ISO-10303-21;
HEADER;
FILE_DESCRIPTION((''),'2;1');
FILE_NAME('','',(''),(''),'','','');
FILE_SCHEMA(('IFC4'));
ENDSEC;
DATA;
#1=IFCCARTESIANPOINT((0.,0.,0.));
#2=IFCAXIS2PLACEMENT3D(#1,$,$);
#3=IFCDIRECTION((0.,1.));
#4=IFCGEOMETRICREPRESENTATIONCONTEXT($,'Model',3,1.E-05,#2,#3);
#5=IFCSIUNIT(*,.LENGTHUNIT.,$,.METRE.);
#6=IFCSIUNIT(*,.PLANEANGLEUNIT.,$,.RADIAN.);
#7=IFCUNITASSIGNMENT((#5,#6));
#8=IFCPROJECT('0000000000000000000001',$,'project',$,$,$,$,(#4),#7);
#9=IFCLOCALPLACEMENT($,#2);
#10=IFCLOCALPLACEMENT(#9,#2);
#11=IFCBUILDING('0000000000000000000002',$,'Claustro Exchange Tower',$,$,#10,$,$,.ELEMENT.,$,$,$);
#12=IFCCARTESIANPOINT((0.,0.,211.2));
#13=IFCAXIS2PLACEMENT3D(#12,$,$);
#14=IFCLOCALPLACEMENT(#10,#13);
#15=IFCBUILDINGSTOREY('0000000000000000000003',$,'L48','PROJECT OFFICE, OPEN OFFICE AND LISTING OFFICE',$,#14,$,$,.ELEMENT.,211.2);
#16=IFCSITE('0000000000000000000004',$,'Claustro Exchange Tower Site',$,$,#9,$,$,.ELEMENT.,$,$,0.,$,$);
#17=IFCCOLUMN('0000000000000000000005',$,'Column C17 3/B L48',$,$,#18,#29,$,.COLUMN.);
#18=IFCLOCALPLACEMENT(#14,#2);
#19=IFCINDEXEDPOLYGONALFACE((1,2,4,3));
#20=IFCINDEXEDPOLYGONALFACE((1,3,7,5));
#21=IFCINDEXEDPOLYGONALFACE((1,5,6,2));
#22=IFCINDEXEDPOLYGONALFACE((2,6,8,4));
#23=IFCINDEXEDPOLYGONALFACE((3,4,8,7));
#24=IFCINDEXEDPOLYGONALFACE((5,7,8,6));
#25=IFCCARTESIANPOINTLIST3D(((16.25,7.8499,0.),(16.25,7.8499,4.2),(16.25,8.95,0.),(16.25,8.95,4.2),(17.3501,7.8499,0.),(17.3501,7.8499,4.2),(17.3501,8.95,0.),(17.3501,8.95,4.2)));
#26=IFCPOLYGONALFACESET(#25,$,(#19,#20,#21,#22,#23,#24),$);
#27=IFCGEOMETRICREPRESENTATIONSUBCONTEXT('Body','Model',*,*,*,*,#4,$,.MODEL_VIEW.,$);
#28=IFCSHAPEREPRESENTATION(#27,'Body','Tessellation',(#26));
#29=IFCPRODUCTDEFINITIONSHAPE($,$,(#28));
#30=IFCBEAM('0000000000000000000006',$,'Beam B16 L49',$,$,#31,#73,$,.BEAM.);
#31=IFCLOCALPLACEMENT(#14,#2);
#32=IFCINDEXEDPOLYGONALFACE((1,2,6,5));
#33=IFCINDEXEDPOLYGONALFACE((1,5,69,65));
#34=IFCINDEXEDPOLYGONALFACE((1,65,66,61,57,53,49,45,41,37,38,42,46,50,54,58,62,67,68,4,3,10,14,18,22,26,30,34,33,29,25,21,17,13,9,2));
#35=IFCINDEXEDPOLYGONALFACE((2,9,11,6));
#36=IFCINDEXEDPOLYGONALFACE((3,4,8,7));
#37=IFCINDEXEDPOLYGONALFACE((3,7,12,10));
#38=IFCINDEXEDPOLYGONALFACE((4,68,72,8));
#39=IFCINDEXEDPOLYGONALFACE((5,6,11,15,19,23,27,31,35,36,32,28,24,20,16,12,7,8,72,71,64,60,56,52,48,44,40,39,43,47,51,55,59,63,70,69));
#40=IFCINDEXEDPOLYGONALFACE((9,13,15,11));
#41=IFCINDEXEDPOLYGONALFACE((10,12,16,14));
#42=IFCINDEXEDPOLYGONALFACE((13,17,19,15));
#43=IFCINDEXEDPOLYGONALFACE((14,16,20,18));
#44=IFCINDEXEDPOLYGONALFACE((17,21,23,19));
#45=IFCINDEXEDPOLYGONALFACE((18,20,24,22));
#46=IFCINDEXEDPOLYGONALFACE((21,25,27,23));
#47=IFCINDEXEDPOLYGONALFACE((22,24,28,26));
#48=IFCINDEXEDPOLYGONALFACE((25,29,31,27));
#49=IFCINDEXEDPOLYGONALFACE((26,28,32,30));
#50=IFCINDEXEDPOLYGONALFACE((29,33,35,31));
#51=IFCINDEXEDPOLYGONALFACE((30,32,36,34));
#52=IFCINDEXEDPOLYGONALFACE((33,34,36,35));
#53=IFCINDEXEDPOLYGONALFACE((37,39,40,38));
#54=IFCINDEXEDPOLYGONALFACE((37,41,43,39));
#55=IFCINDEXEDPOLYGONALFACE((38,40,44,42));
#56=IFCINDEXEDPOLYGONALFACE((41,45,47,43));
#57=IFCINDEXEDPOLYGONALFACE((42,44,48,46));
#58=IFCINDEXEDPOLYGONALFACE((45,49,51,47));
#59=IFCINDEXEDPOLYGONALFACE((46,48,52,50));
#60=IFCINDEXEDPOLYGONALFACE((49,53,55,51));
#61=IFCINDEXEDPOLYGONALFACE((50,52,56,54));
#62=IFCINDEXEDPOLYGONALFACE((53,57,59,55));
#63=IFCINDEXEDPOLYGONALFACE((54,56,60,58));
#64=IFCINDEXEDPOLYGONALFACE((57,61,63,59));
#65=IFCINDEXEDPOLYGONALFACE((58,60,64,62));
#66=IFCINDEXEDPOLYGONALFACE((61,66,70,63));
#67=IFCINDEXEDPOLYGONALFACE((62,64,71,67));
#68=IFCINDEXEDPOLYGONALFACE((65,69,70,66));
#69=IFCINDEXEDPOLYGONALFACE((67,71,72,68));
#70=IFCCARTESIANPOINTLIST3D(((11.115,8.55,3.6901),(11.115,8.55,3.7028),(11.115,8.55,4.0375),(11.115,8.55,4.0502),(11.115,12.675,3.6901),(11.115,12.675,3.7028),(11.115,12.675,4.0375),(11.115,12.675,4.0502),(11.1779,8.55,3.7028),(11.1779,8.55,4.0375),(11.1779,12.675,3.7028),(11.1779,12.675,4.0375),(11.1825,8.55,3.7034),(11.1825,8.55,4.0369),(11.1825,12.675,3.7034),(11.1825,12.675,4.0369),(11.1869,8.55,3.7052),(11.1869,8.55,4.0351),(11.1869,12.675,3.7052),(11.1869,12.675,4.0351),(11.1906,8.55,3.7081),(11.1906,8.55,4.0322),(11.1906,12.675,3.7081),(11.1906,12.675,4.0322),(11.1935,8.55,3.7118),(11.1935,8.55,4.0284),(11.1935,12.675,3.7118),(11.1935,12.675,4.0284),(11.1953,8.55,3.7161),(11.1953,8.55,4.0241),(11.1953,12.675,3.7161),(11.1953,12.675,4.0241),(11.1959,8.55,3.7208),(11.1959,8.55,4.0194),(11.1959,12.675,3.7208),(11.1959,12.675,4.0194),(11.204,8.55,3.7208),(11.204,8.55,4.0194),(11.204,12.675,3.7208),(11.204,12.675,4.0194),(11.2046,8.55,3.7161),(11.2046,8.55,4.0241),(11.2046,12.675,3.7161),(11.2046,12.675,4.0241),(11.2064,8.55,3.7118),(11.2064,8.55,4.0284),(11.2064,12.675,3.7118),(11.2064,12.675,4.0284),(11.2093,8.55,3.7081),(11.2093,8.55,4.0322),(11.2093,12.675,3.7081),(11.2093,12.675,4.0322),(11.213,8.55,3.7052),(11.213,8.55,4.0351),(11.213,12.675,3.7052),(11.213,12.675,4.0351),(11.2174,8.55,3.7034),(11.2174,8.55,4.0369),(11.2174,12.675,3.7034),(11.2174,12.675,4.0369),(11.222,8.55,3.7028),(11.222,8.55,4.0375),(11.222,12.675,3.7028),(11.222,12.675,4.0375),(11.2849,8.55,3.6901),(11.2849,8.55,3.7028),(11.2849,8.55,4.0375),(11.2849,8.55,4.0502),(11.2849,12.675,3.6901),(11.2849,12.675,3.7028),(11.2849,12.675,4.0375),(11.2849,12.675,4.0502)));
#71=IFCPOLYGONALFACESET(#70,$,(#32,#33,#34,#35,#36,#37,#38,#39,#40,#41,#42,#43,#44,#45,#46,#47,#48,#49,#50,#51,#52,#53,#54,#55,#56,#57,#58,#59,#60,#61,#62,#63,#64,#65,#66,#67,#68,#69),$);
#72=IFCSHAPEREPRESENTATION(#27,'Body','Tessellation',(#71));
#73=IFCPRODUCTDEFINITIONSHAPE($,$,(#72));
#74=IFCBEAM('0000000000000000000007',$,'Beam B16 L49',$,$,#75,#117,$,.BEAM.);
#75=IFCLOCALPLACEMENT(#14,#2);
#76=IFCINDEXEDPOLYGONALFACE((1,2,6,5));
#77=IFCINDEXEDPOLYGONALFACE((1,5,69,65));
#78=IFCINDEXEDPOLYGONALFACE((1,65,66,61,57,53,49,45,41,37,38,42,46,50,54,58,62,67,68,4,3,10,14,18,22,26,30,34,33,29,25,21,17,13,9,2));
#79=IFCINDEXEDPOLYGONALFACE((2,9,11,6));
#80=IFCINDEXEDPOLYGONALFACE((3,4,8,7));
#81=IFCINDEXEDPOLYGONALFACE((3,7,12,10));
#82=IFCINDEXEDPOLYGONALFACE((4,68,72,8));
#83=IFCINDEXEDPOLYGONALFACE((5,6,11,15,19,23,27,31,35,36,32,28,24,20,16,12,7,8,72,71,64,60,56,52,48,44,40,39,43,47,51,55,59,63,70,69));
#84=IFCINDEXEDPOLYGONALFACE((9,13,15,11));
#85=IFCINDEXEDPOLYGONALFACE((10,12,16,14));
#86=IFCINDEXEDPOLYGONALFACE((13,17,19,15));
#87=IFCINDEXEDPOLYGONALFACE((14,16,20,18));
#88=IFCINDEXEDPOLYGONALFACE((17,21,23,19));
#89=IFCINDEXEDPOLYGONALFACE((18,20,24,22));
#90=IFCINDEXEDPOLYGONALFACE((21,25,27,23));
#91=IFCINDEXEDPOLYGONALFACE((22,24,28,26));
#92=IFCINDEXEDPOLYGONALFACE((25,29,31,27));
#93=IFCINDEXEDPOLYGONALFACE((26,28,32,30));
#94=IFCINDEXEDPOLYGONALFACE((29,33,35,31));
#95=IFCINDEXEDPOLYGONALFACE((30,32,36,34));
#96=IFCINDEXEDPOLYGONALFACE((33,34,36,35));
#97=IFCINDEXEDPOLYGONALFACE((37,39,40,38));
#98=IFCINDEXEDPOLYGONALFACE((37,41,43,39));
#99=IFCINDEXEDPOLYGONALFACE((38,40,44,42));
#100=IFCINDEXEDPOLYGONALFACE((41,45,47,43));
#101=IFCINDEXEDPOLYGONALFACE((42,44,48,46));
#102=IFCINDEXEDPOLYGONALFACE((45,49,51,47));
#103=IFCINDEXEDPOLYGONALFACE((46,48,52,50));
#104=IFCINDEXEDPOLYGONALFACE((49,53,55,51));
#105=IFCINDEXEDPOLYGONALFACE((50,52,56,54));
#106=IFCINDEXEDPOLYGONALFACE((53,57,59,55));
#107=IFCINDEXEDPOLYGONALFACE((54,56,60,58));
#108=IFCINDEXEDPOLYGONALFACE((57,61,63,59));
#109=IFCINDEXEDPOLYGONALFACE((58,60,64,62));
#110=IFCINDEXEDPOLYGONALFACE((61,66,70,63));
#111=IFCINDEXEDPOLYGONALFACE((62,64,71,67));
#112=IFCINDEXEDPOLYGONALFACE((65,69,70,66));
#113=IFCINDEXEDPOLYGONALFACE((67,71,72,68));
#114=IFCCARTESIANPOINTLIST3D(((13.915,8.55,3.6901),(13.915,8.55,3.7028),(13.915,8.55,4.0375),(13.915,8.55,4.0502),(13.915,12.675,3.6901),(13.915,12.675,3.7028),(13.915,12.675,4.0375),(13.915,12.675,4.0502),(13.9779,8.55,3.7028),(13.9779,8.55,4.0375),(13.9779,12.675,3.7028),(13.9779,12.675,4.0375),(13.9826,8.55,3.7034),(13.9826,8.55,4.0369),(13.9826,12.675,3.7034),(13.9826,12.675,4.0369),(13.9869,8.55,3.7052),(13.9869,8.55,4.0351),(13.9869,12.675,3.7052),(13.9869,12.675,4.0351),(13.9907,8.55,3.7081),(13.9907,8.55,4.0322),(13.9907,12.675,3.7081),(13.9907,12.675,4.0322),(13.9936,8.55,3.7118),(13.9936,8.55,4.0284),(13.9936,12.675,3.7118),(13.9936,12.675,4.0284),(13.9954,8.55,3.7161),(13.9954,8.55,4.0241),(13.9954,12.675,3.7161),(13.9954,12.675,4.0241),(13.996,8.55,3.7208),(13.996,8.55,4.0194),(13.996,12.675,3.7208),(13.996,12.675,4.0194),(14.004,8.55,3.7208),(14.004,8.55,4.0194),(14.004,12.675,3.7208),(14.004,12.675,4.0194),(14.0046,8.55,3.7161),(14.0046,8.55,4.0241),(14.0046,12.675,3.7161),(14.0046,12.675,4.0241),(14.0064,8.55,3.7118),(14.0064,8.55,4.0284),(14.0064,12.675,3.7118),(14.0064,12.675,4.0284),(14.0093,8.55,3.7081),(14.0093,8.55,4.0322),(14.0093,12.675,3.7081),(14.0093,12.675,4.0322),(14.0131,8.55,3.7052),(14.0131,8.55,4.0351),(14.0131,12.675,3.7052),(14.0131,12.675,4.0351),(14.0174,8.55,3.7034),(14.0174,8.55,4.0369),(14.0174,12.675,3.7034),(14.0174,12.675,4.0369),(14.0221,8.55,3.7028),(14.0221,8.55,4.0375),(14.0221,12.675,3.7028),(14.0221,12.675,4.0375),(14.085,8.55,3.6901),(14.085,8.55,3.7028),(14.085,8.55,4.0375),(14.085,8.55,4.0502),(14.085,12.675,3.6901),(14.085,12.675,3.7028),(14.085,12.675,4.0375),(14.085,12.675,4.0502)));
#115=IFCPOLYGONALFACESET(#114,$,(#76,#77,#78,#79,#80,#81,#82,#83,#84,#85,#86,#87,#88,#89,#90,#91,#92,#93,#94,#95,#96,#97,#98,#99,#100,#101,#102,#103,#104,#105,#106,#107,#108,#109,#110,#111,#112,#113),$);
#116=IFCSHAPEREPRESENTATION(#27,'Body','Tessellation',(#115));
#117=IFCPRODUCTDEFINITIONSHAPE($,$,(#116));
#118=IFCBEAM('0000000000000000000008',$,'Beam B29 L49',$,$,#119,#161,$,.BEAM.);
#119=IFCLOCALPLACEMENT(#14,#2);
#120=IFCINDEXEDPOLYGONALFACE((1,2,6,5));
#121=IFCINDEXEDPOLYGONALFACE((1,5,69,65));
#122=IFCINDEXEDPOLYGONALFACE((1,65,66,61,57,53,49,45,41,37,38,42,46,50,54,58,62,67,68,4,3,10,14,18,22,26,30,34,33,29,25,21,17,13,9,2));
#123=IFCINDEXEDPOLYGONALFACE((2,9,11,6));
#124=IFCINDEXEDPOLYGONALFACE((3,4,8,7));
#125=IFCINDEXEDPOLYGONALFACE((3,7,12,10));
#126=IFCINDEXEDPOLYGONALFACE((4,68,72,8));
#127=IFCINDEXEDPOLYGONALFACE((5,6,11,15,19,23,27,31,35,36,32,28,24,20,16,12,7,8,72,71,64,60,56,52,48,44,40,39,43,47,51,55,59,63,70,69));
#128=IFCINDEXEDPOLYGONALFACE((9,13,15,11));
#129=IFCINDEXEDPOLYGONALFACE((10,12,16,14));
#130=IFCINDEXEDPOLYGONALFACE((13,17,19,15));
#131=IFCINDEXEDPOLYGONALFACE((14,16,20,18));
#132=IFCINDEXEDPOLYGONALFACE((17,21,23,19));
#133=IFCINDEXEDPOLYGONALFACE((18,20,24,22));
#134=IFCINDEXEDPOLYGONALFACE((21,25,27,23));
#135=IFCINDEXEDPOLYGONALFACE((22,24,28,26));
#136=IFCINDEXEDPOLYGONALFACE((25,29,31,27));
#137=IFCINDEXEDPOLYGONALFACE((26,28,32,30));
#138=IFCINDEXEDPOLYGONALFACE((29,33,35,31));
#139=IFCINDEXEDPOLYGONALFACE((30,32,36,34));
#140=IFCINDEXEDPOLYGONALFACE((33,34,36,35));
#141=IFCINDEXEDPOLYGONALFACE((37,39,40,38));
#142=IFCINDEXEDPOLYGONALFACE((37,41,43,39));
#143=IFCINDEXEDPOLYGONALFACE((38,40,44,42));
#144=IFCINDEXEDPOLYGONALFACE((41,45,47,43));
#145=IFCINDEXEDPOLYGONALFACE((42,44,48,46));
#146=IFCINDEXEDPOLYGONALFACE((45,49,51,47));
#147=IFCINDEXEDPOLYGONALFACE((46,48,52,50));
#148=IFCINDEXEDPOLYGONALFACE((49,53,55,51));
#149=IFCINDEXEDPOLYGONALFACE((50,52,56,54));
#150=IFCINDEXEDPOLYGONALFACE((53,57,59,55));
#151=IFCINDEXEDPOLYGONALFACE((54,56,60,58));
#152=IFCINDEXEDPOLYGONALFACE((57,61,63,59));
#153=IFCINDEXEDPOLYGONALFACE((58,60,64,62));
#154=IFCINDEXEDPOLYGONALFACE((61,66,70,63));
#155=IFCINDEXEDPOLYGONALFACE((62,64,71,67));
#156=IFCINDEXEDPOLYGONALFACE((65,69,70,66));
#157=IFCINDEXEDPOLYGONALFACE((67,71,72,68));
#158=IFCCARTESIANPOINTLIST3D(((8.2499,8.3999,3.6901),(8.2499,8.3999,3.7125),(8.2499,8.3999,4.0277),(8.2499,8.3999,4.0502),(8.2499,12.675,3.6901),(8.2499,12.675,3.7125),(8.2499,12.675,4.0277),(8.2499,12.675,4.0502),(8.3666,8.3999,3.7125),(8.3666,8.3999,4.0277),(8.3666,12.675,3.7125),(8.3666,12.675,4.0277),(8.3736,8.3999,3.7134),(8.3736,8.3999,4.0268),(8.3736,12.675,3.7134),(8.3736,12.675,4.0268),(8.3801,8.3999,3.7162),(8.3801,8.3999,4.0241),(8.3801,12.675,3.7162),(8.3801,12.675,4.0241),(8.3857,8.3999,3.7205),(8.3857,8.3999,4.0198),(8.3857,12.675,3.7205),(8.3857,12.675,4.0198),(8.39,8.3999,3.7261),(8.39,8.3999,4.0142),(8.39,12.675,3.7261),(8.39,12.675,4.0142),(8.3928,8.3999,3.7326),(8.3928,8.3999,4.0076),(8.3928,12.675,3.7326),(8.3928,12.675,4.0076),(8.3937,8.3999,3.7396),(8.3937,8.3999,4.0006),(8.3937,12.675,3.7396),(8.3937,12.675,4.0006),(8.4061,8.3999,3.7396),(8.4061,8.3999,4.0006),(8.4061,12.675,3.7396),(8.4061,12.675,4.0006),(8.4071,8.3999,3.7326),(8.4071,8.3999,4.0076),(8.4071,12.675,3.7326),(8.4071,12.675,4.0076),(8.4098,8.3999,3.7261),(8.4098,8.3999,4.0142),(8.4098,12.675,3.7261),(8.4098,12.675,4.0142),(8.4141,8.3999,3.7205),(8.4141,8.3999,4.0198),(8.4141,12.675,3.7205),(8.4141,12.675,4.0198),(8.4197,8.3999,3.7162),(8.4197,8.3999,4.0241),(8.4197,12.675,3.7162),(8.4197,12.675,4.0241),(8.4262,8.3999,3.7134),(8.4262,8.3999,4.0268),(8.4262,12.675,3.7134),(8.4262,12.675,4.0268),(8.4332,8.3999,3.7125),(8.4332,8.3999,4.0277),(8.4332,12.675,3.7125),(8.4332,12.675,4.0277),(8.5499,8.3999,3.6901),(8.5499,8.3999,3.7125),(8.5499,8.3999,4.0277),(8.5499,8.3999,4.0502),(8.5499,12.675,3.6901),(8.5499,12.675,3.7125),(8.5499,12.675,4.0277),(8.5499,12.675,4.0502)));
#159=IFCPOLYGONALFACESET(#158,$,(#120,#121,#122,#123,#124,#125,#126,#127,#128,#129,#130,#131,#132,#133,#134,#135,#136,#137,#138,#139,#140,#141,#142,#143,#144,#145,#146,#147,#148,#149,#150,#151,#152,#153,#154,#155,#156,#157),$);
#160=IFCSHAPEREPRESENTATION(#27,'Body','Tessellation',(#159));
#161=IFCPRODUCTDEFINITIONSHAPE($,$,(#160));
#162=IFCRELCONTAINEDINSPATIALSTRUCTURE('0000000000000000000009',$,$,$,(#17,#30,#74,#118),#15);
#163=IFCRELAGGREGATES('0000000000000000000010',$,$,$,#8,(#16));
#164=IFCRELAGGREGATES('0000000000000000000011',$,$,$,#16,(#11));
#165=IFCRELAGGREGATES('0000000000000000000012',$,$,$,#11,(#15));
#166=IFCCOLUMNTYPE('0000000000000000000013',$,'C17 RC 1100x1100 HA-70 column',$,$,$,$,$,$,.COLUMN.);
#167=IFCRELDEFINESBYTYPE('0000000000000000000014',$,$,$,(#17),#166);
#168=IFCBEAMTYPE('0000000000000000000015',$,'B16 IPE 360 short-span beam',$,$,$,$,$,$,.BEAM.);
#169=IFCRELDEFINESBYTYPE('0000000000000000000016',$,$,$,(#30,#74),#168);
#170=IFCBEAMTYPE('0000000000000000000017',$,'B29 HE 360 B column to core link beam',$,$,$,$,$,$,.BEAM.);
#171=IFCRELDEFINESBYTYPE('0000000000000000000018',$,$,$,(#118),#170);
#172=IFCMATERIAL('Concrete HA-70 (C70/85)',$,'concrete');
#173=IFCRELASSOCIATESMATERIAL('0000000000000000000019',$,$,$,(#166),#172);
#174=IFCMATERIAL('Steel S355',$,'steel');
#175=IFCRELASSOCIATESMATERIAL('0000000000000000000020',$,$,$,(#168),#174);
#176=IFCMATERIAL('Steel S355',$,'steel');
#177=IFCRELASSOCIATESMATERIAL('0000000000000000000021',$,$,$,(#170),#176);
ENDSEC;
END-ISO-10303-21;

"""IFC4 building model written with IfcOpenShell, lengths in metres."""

from ifc_helpers import new_model, si_unit, direction, frame, origin, origin_2d, place, context, subcontext, project, spatial, rectangle, i_section, extrude, material, material_profile, profile_set, type_object, element, save


model = new_model("IFC4")

# Units and contexts
model_context = context("Model", 3, precision=1e-05, world=origin(), true_north=direction((0.0, 1.0)))
body_context = subcontext(model_context, "Body", "Model", "MODEL_VIEW")
ifc_project = project(units=[si_unit("LENGTHUNIT", "METRE"), si_unit("PLANEANGLEUNIT", "RADIAN")], contexts=[model_context])

# Site, building, storey
site_placement = place(None, origin())
site = spatial("IfcSite", under=ifc_project, at=site_placement, Name="Claustro Exchange Tower Site", CompositionType="ELEMENT", RefElevation=0.0)
building_placement = place(site_placement, origin())
building = spatial("IfcBuilding", under=site, at=building_placement, Name="Claustro Exchange Tower", CompositionType="ELEMENT")
storey_placement = place(building_placement, frame((0.0, 0.0, 211.2)))
storey = spatial("IfcBuildingStorey", under=building, at=storey_placement, Name="L48", Description="PROJECT OFFICE, OPEN OFFICE AND LISTING OFFICE", CompositionType="ELEMENT", Elevation=211.2)

# Column
ifc_material_1 = material(Name="Concrete HA-70 (C70/85)", Category="concrete")
ifc_material_profile_1 = material_profile(ifc_material_1, rectangle(XDim=1.1001, YDim=1.1001, at=origin_2d()), Name="RC 1100x1100")
ifc_profile_set_1 = profile_set([ifc_material_profile_1], Name="Concrete HA-70 (C70/85)")
column_type = type_object("IfcColumnType", Name="C17 RC 1100x1100 HA-70 column", PredefinedType="COLUMN", material=ifc_profile_set_1)
column_placement = place(storey_placement, frame((16.8, 8.3999, 0.0), z_axis=(0.0, 0.0, 1.0), x_axis=(1.0, 0.0, 0.0)))
element("IfcColumn", 1, at=column_placement, inside=storey, type_object=column_type, Name="Column C17 3/B L48", PredefinedType="COLUMN", context=body_context, shape_type="SweptSolid", body=[
    extrude(rectangle(XDim=1.1001, YDim=1.1001, at=origin_2d()), origin(), (0.0, 0.0, 1.0), 4.2),
])

# Beams
ifc_material_2 = material(Name="Steel S355", Category="steel")
ifc_material_profile_2 = material_profile(ifc_material_2, i_section(OverallWidth=0.1699, OverallDepth=0.3601, WebThickness=0.0081, FlangeThickness=0.0127, FilletRadius=0.0181, at=origin_2d()), Name="IPE 360")
ifc_profile_set_2 = profile_set([ifc_material_profile_2], Name="Steel S355")
beam_type_1 = type_object("IfcBeamType", Name="B16 IPE 360 short-span beam", PredefinedType="BEAM", material=ifc_profile_set_2)
for number, where, z_axis, x_axis, name in (
    (2, (11.2, 8.55, 3.8701), (0.0, 1.0, 0.0), (-1.0, 0.0, 0.0), "Beam B16 L49"),
    (3, (14.0, 8.55, 3.8701), (0.0, 1.0, 0.0), (-1.0, 0.0, 0.0), "Beam B16 L49"),
):
    element("IfcBeam", number, at=place(storey_placement, frame(where, z_axis=z_axis, x_axis=x_axis)), inside=storey, type_object=beam_type_1, Name=name, PredefinedType="BEAM", context=body_context, shape_type="SweptSolid", body=[
        extrude(i_section(OverallWidth=0.1699, OverallDepth=0.3601, WebThickness=0.0081, FlangeThickness=0.0127, FilletRadius=0.0181, at=origin_2d()), origin(), (0.0, 0.0, 1.0), 4.125),
    ])
ifc_material_3 = material(Name="Steel S355", Category="steel")
ifc_material_profile_3 = material_profile(ifc_material_3, i_section(OverallWidth=0.3, OverallDepth=0.3601, WebThickness=0.0125, FlangeThickness=0.0225, FilletRadius=0.0271, at=origin_2d()), Name="HE 360 B")
ifc_profile_set_3 = profile_set([ifc_material_profile_3], Name="Steel S355")
beam_type_2 = type_object("IfcBeamType", Name="B29 HE 360 B column to core link beam", PredefinedType="BEAM", material=ifc_profile_set_3)
for number, where, z_axis, x_axis, name in (
    (4, (8.3999, 8.3999, 3.8701), (0.0, 1.0, 0.0), (-1.0, 0.0, 0.0), "Beam B29 L49"),
):
    element("IfcBeam", number, at=place(storey_placement, frame(where, z_axis=z_axis, x_axis=x_axis)), inside=storey, type_object=beam_type_2, Name=name, PredefinedType="BEAM", context=body_context, shape_type="SweptSolid", body=[
        extrude(i_section(OverallWidth=0.3, OverallDepth=0.3601, WebThickness=0.0125, FlangeThickness=0.0225, FilletRadius=0.0271, at=origin_2d()), origin(), (0.0, 0.0, 1.0), 4.2751),
    ])

save(model, "model.ifc")
